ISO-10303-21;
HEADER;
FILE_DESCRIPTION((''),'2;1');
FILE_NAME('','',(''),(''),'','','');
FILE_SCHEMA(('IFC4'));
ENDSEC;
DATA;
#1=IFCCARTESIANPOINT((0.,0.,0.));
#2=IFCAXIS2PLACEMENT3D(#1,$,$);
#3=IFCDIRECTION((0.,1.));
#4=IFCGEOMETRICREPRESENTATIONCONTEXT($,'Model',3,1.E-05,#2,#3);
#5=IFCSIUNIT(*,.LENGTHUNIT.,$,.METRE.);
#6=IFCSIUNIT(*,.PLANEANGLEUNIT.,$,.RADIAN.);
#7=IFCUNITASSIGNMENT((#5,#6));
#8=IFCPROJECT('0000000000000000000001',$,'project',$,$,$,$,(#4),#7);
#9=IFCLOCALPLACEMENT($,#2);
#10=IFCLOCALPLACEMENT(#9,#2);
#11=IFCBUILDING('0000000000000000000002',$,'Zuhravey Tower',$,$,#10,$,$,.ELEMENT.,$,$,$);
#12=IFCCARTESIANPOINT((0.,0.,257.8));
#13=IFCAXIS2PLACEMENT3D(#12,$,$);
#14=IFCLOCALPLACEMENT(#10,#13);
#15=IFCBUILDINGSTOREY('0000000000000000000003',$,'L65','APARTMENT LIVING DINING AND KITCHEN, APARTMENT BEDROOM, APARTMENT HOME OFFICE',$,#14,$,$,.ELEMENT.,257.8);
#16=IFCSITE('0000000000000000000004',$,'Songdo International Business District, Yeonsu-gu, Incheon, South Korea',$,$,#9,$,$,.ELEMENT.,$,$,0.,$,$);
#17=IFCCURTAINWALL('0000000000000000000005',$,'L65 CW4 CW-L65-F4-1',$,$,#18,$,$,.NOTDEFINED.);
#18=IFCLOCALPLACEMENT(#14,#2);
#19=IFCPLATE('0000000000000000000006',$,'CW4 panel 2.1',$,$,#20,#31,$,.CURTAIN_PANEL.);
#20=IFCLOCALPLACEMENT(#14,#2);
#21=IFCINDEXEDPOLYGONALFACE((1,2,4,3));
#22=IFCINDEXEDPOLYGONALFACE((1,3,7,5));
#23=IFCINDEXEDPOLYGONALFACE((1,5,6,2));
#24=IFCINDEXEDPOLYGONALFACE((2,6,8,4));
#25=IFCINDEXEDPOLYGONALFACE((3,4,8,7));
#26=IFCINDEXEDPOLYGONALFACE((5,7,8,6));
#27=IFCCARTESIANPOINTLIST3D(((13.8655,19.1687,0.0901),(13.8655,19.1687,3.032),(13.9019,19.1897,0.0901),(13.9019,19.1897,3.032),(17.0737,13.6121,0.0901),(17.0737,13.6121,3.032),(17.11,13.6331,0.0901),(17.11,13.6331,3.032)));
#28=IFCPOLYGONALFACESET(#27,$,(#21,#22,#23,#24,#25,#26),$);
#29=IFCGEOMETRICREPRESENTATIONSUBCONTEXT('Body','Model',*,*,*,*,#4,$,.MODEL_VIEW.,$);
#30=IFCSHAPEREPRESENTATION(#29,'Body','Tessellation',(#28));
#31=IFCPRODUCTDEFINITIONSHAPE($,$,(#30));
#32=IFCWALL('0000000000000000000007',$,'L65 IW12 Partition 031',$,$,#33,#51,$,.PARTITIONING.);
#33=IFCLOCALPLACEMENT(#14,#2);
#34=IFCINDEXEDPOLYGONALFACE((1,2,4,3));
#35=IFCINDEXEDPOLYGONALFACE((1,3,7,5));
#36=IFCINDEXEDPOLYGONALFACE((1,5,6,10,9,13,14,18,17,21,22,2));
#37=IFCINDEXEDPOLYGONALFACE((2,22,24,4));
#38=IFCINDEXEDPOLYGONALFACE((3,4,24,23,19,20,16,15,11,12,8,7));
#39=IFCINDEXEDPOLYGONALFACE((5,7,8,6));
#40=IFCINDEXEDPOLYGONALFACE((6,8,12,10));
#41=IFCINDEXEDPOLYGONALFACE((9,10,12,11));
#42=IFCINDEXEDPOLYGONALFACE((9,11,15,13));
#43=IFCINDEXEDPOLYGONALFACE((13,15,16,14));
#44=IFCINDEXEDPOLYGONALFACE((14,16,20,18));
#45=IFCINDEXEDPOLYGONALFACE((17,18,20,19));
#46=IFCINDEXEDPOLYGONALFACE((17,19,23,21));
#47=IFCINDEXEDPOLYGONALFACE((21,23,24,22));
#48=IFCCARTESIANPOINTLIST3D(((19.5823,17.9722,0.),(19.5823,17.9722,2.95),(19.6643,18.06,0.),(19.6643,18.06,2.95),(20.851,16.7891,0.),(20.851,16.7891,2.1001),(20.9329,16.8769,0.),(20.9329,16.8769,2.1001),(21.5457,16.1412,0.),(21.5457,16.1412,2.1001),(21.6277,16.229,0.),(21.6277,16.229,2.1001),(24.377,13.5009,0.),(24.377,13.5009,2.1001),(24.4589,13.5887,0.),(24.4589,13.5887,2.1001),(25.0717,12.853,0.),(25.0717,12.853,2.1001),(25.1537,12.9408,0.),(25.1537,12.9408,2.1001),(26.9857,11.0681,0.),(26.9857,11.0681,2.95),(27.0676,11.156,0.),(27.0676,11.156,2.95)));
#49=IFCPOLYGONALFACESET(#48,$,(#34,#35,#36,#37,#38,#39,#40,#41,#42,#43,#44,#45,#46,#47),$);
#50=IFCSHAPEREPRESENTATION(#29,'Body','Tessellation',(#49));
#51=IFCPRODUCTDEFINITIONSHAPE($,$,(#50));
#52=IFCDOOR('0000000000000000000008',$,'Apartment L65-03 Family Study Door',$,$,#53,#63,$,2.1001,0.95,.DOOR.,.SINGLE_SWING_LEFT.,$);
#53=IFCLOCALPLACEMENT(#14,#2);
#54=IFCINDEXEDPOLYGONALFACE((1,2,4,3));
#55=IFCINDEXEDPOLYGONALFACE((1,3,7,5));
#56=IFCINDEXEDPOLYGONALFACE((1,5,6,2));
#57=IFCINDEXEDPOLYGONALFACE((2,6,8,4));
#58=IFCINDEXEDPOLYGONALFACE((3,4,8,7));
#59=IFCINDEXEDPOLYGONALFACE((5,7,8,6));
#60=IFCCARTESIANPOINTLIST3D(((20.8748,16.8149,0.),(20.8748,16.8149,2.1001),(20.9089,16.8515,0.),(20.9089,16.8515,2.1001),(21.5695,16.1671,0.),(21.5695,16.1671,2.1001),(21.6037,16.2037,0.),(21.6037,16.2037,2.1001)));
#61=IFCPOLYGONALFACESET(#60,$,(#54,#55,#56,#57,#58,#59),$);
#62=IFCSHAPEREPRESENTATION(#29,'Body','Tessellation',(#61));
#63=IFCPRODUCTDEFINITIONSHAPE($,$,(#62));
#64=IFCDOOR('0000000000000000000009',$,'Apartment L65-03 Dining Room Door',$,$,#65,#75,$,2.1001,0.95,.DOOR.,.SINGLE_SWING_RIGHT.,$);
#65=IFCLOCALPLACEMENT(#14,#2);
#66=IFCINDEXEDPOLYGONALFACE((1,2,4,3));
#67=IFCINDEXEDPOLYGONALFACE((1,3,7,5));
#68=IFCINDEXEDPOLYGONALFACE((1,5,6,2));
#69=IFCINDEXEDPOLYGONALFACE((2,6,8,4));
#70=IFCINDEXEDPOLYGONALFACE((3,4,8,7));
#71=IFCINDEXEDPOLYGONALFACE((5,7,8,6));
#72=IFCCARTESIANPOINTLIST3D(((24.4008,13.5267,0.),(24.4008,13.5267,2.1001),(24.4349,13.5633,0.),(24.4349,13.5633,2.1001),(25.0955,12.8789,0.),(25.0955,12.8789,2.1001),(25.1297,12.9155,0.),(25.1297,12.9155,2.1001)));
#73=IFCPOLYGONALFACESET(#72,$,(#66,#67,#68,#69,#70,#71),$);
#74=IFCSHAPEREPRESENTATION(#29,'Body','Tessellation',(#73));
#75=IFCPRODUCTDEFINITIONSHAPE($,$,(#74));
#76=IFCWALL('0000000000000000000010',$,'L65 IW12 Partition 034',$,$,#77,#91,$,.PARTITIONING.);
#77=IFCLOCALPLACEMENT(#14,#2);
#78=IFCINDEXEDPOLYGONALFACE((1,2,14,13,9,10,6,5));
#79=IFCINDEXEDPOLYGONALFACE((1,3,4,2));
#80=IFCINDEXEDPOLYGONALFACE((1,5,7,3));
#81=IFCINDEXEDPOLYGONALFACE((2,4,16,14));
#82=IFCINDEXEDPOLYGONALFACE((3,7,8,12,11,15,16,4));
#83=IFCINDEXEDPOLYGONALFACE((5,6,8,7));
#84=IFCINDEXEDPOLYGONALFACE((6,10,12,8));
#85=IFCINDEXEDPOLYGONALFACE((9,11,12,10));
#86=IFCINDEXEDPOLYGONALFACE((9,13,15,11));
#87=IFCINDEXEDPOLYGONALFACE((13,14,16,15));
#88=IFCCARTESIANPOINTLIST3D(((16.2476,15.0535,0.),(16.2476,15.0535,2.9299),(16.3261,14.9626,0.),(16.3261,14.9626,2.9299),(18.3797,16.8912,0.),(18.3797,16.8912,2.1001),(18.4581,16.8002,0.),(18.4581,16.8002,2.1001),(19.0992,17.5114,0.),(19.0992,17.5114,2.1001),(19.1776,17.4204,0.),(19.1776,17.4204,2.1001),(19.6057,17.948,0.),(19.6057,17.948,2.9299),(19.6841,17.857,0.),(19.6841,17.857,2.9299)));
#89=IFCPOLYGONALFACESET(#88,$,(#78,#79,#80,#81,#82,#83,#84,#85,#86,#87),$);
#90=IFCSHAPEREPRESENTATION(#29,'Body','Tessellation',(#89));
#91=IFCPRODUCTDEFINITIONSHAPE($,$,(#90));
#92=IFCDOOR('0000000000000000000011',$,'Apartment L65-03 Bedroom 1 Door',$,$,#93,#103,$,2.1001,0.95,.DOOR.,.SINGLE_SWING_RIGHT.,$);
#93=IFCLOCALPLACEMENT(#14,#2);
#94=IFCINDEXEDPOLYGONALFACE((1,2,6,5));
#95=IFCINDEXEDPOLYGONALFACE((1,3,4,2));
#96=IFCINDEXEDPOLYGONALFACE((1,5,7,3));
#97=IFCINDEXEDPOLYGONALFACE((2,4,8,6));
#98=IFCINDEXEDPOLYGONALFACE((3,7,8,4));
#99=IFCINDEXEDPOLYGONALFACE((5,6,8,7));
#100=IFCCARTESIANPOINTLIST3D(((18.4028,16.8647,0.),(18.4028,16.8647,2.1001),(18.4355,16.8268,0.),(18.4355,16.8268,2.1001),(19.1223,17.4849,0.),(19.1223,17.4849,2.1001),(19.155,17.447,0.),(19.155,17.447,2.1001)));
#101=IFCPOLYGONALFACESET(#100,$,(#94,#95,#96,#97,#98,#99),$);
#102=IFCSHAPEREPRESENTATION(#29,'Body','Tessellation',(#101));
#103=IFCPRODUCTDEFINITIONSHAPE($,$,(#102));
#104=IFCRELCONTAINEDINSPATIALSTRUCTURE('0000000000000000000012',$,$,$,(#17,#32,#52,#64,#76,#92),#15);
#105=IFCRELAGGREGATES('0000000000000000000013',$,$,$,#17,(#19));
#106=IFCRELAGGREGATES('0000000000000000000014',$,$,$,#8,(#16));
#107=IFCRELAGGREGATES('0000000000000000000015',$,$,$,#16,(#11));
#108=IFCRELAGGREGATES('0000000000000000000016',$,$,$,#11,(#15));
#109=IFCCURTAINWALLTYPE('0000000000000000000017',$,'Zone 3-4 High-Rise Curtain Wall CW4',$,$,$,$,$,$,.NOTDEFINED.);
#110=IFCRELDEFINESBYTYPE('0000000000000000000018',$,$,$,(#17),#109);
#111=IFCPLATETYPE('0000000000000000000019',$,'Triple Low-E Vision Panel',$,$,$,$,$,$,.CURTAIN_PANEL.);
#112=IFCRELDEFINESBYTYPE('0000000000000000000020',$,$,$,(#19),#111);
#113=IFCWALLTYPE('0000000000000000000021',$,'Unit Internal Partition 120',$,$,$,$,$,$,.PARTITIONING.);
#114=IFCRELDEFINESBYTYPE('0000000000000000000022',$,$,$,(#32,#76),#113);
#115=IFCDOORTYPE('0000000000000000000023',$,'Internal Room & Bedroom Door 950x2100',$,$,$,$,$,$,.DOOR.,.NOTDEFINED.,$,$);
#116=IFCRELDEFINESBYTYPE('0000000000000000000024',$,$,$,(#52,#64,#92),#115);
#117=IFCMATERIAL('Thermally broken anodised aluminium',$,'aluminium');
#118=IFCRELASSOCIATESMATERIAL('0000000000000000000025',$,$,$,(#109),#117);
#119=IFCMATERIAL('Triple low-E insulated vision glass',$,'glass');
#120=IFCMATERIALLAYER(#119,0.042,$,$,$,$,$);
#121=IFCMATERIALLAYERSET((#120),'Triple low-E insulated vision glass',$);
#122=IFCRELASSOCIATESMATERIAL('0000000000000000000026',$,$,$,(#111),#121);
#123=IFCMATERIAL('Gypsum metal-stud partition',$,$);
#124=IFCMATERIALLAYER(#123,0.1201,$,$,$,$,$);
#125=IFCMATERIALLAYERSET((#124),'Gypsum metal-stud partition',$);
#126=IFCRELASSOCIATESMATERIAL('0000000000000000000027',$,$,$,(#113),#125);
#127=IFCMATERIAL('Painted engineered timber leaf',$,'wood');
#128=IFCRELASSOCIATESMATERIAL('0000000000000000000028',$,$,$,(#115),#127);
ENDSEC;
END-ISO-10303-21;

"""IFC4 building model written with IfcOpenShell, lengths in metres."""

from ifc_helpers import new_model, si_unit, direction, frame, frame_2d, origin, origin_2d, place, context, subcontext, project, spatial, rectangle, extrude, material, layer, layer_set, type_object, element, fill, aggregate, save


model = new_model("IFC4")

# Units and contexts
model_context = context("Model", 3, precision=1e-05, world=origin(), true_north=direction((0.0, 1.0)))
body_context = subcontext(model_context, "Body", "Model", "MODEL_VIEW")
ifc_project = project(units=[si_unit("LENGTHUNIT", "METRE"), si_unit("PLANEANGLEUNIT", "RADIAN")], contexts=[model_context])

# Site, building, storey
site_placement = place(None, origin())
site = spatial("IfcSite", under=ifc_project, at=site_placement, Name="Songdo International Business District, Yeonsu-gu, Incheon, South Korea", CompositionType="ELEMENT", RefElevation=0.0)
building_placement = place(site_placement, origin())
building = spatial("IfcBuilding", under=site, at=building_placement, Name="Zuhravey Tower", CompositionType="ELEMENT")
storey_placement = place(building_placement, frame((0.0, 0.0, 257.8)))
storey = spatial("IfcBuildingStorey", under=building, at=storey_placement, Name="L65", Description="APARTMENT LIVING DINING AND KITCHEN, APARTMENT BEDROOM, APARTMENT HOME OFFICE", CompositionType="ELEMENT", Elevation=257.8)

# Curtain wall
ifc_material_1 = material(Name="Thermally broken anodised aluminium", Category="aluminium")
curtain_wall_type = type_object("IfcCurtainWallType", Name="Zone 3-4 High-Rise Curtain Wall CW4", PredefinedType="NOTDEFINED", material=ifc_material_1)
curtain_wall_placement = place(storey_placement, origin())
curtain_wall = element("IfcCurtainWall", 1, at=curtain_wall_placement, inside=storey, type_object=curtain_wall_type, Name="L65 CW4 CW-L65-F4-1", PredefinedType="NOTDEFINED")

# Plate
ifc_material_2 = material(Name="Triple low-E insulated vision glass", Category="glass")
ifc_layer_1 = layer(ifc_material_2, 0.042)
ifc_layer_set_1 = layer_set([ifc_layer_1], Name="Triple low-E insulated vision glass")
plate_type = type_object("IfcPlateType", Name="Triple Low-E Vision Panel", PredefinedType="CURTAIN_PANEL", material=ifc_layer_set_1)
plate_1_placement = place(storey_placement, frame((15.4878, 16.4009, 0.0901), z_axis=(0.0, 0.0, 1.0), x_axis=(-0.500001, 0.866025, 0.0)))
plate_1 = element("IfcPlate", 2, at=plate_1_placement, type_object=plate_type, Name="CW4 panel 2.1", PredefinedType="CURTAIN_PANEL", context=body_context, shape_type="SweptSolid", body=[
    extrude(rectangle(XDim=6.4163, YDim=0.042, at=origin_2d()), origin(), (0.0, 0.0, 1.0), 2.9419),
])
aggregate(curtain_wall, [plate_1])

# Wall, openings, doors
ifc_material_3 = material(Name="Gypsum metal-stud partition")
ifc_layer_2 = layer(ifc_material_3, 0.1201)
ifc_layer_set_2 = layer_set([ifc_layer_2], Name="Gypsum metal-stud partition")
wall_type = type_object("IfcWallType", Name="Unit Internal Partition 120", PredefinedType="PARTITIONING", material=ifc_layer_set_2)
wall_1_placement = place(storey_placement, frame((19.6233, 18.0161, 0.0), z_axis=(0.0, 0.0, 1.0), x_axis=(0.731337, -0.682017, 0.0)))
wall_1 = element("IfcWall", 3, at=wall_1_placement, inside=storey, type_object=wall_type, Name="L65 IW12 Partition 031", PredefinedType="PARTITIONING", context=body_context, shape_type="SweptSolid", body=[
    extrude(rectangle(XDim=10.123, YDim=0.1201, at=frame_2d((5.0615, 0.0))), origin(), (0.0, 0.0, 1.0), 2.95),
])
opening_1_placement = place(wall_1_placement, frame((1.7346, 0.0, 0.0)))
opening_1 = element("IfcOpeningElement", 4, at=opening_1_placement, cuts=wall_1, PredefinedType="OPENING", context=body_context, shape_type="SweptSolid", body=[
    extrude(rectangle(XDim=0.95, YDim=2.1001, at=frame_2d((0.4751, 1.05))), frame((0.0, 0.072, 0.0), z_axis=(0.0, -1.0, 0.0), x_axis=(1.0, 0.0, 0.0)), (0.0, 0.0, 1.0), 0.144),
])
opening_2_placement = place(wall_1_placement, frame((6.5559, 0.0, 0.0)))
opening_2 = element("IfcOpeningElement", 5, at=opening_2_placement, cuts=wall_1, PredefinedType="OPENING", context=body_context, shape_type="SweptSolid", body=[
    extrude(rectangle(XDim=0.95, YDim=2.1001, at=frame_2d((0.4751, 1.05))), frame((0.0, 0.072, 0.0), z_axis=(0.0, -1.0, 0.0), x_axis=(1.0, 0.0, 0.0)), (0.0, 0.0, 1.0), 0.144),
])
ifc_material_4 = material(Name="Painted engineered timber leaf", Category="wood")
door_type = type_object("IfcDoorType", Name="Internal Room & Bedroom Door 950x2100", OperationType="NOTDEFINED", PredefinedType="DOOR", material=ifc_material_4)
door_1_placement = place(opening_1_placement, frame((0.95, 0.0, 0.0), z_axis=(0.0, 0.0, 1.0), x_axis=(-1.0, 0.0, 0.0)))
door_1 = element("IfcDoor", 6, at=door_1_placement, inside=storey, type_object=door_type, Name="Apartment L65-03 Family Study Door", OperationType="SINGLE_SWING_LEFT", OverallHeight=2.1001, OverallWidth=0.95, PredefinedType="DOOR", context=body_context, shape_type="SweptSolid", body=[
    extrude(rectangle(XDim=0.95, YDim=2.1001, at=frame_2d((0.4751, 1.05))), frame((0.0, 0.0249, 0.0), z_axis=(0.0, -1.0, 0.0), x_axis=(1.0, 0.0, 0.0)), (0.0, 0.0, 1.0), 0.05),
])
fill(opening_1, door_1)
door_2_placement = place(opening_2_placement, frame((0.95, 0.0, 0.0), z_axis=(0.0, 0.0, 1.0), x_axis=(-1.0, 0.0, 0.0)))
door_2 = element("IfcDoor", 7, at=door_2_placement, inside=storey, type_object=door_type, Name="Apartment L65-03 Dining Room Door", OperationType="SINGLE_SWING_RIGHT", OverallHeight=2.1001, OverallWidth=0.95, PredefinedType="DOOR", context=body_context, shape_type="SweptSolid", body=[
    extrude(rectangle(XDim=0.95, YDim=2.1001, at=frame_2d((0.4751, 1.05))), frame((0.0, 0.0249, 0.0), z_axis=(0.0, -1.0, 0.0), x_axis=(1.0, 0.0, 0.0)), (0.0, 0.0, 1.0), 0.05),
])
fill(opening_2, door_2)

# Wall, opening, door
wall_2_placement = place(storey_placement, frame((19.645, 17.9026, 0.0), z_axis=(0.0, 0.0, 1.0), x_axis=(-0.757458, -0.652884, 0.0)))
wall_2 = element("IfcWall", 8, at=wall_2_placement, inside=storey, type_object=wall_type, Name="L65 IW12 Partition 034", PredefinedType="PARTITIONING", context=body_context, shape_type="SweptSolid", body=[
    extrude(rectangle(XDim=4.4333, YDim=0.1201, at=frame_2d((2.2168, 0.0))), origin(), (0.0, 0.0, 1.0), 2.9299),
])
opening_3_placement = place(wall_2_placement, frame((0.6687, 0.0, 0.0)))
opening_3 = element("IfcOpeningElement", 9, at=opening_3_placement, cuts=wall_2, PredefinedType="OPENING", context=body_context, shape_type="SweptSolid", body=[
    extrude(rectangle(XDim=0.95, YDim=2.1001, at=frame_2d((0.4751, 1.05))), frame((0.0, 0.072, 0.0), z_axis=(0.0, -1.0, 0.0), x_axis=(1.0, 0.0, 0.0)), (0.0, 0.0, 1.0), 0.144),
])
door_3_placement = place(opening_3_placement, frame((0.95, 0.0, 0.0), z_axis=(0.0, 0.0, 1.0), x_axis=(-1.0, 0.0, 0.0)))
door_3 = element("IfcDoor", 10, at=door_3_placement, inside=storey, type_object=door_type, Name="Apartment L65-03 Bedroom 1 Door", OperationType="SINGLE_SWING_RIGHT", OverallHeight=2.1001, OverallWidth=0.95, PredefinedType="DOOR", context=body_context, shape_type="SweptSolid", body=[
    extrude(rectangle(XDim=0.95, YDim=2.1001, at=frame_2d((0.4751, 1.05))), frame((0.0, 0.0249, 0.0), z_axis=(0.0, -1.0, 0.0), x_axis=(1.0, 0.0, 0.0)), (0.0, 0.0, 1.0), 0.05),
])
fill(opening_3, door_3)

save(model, "model.ifc")
